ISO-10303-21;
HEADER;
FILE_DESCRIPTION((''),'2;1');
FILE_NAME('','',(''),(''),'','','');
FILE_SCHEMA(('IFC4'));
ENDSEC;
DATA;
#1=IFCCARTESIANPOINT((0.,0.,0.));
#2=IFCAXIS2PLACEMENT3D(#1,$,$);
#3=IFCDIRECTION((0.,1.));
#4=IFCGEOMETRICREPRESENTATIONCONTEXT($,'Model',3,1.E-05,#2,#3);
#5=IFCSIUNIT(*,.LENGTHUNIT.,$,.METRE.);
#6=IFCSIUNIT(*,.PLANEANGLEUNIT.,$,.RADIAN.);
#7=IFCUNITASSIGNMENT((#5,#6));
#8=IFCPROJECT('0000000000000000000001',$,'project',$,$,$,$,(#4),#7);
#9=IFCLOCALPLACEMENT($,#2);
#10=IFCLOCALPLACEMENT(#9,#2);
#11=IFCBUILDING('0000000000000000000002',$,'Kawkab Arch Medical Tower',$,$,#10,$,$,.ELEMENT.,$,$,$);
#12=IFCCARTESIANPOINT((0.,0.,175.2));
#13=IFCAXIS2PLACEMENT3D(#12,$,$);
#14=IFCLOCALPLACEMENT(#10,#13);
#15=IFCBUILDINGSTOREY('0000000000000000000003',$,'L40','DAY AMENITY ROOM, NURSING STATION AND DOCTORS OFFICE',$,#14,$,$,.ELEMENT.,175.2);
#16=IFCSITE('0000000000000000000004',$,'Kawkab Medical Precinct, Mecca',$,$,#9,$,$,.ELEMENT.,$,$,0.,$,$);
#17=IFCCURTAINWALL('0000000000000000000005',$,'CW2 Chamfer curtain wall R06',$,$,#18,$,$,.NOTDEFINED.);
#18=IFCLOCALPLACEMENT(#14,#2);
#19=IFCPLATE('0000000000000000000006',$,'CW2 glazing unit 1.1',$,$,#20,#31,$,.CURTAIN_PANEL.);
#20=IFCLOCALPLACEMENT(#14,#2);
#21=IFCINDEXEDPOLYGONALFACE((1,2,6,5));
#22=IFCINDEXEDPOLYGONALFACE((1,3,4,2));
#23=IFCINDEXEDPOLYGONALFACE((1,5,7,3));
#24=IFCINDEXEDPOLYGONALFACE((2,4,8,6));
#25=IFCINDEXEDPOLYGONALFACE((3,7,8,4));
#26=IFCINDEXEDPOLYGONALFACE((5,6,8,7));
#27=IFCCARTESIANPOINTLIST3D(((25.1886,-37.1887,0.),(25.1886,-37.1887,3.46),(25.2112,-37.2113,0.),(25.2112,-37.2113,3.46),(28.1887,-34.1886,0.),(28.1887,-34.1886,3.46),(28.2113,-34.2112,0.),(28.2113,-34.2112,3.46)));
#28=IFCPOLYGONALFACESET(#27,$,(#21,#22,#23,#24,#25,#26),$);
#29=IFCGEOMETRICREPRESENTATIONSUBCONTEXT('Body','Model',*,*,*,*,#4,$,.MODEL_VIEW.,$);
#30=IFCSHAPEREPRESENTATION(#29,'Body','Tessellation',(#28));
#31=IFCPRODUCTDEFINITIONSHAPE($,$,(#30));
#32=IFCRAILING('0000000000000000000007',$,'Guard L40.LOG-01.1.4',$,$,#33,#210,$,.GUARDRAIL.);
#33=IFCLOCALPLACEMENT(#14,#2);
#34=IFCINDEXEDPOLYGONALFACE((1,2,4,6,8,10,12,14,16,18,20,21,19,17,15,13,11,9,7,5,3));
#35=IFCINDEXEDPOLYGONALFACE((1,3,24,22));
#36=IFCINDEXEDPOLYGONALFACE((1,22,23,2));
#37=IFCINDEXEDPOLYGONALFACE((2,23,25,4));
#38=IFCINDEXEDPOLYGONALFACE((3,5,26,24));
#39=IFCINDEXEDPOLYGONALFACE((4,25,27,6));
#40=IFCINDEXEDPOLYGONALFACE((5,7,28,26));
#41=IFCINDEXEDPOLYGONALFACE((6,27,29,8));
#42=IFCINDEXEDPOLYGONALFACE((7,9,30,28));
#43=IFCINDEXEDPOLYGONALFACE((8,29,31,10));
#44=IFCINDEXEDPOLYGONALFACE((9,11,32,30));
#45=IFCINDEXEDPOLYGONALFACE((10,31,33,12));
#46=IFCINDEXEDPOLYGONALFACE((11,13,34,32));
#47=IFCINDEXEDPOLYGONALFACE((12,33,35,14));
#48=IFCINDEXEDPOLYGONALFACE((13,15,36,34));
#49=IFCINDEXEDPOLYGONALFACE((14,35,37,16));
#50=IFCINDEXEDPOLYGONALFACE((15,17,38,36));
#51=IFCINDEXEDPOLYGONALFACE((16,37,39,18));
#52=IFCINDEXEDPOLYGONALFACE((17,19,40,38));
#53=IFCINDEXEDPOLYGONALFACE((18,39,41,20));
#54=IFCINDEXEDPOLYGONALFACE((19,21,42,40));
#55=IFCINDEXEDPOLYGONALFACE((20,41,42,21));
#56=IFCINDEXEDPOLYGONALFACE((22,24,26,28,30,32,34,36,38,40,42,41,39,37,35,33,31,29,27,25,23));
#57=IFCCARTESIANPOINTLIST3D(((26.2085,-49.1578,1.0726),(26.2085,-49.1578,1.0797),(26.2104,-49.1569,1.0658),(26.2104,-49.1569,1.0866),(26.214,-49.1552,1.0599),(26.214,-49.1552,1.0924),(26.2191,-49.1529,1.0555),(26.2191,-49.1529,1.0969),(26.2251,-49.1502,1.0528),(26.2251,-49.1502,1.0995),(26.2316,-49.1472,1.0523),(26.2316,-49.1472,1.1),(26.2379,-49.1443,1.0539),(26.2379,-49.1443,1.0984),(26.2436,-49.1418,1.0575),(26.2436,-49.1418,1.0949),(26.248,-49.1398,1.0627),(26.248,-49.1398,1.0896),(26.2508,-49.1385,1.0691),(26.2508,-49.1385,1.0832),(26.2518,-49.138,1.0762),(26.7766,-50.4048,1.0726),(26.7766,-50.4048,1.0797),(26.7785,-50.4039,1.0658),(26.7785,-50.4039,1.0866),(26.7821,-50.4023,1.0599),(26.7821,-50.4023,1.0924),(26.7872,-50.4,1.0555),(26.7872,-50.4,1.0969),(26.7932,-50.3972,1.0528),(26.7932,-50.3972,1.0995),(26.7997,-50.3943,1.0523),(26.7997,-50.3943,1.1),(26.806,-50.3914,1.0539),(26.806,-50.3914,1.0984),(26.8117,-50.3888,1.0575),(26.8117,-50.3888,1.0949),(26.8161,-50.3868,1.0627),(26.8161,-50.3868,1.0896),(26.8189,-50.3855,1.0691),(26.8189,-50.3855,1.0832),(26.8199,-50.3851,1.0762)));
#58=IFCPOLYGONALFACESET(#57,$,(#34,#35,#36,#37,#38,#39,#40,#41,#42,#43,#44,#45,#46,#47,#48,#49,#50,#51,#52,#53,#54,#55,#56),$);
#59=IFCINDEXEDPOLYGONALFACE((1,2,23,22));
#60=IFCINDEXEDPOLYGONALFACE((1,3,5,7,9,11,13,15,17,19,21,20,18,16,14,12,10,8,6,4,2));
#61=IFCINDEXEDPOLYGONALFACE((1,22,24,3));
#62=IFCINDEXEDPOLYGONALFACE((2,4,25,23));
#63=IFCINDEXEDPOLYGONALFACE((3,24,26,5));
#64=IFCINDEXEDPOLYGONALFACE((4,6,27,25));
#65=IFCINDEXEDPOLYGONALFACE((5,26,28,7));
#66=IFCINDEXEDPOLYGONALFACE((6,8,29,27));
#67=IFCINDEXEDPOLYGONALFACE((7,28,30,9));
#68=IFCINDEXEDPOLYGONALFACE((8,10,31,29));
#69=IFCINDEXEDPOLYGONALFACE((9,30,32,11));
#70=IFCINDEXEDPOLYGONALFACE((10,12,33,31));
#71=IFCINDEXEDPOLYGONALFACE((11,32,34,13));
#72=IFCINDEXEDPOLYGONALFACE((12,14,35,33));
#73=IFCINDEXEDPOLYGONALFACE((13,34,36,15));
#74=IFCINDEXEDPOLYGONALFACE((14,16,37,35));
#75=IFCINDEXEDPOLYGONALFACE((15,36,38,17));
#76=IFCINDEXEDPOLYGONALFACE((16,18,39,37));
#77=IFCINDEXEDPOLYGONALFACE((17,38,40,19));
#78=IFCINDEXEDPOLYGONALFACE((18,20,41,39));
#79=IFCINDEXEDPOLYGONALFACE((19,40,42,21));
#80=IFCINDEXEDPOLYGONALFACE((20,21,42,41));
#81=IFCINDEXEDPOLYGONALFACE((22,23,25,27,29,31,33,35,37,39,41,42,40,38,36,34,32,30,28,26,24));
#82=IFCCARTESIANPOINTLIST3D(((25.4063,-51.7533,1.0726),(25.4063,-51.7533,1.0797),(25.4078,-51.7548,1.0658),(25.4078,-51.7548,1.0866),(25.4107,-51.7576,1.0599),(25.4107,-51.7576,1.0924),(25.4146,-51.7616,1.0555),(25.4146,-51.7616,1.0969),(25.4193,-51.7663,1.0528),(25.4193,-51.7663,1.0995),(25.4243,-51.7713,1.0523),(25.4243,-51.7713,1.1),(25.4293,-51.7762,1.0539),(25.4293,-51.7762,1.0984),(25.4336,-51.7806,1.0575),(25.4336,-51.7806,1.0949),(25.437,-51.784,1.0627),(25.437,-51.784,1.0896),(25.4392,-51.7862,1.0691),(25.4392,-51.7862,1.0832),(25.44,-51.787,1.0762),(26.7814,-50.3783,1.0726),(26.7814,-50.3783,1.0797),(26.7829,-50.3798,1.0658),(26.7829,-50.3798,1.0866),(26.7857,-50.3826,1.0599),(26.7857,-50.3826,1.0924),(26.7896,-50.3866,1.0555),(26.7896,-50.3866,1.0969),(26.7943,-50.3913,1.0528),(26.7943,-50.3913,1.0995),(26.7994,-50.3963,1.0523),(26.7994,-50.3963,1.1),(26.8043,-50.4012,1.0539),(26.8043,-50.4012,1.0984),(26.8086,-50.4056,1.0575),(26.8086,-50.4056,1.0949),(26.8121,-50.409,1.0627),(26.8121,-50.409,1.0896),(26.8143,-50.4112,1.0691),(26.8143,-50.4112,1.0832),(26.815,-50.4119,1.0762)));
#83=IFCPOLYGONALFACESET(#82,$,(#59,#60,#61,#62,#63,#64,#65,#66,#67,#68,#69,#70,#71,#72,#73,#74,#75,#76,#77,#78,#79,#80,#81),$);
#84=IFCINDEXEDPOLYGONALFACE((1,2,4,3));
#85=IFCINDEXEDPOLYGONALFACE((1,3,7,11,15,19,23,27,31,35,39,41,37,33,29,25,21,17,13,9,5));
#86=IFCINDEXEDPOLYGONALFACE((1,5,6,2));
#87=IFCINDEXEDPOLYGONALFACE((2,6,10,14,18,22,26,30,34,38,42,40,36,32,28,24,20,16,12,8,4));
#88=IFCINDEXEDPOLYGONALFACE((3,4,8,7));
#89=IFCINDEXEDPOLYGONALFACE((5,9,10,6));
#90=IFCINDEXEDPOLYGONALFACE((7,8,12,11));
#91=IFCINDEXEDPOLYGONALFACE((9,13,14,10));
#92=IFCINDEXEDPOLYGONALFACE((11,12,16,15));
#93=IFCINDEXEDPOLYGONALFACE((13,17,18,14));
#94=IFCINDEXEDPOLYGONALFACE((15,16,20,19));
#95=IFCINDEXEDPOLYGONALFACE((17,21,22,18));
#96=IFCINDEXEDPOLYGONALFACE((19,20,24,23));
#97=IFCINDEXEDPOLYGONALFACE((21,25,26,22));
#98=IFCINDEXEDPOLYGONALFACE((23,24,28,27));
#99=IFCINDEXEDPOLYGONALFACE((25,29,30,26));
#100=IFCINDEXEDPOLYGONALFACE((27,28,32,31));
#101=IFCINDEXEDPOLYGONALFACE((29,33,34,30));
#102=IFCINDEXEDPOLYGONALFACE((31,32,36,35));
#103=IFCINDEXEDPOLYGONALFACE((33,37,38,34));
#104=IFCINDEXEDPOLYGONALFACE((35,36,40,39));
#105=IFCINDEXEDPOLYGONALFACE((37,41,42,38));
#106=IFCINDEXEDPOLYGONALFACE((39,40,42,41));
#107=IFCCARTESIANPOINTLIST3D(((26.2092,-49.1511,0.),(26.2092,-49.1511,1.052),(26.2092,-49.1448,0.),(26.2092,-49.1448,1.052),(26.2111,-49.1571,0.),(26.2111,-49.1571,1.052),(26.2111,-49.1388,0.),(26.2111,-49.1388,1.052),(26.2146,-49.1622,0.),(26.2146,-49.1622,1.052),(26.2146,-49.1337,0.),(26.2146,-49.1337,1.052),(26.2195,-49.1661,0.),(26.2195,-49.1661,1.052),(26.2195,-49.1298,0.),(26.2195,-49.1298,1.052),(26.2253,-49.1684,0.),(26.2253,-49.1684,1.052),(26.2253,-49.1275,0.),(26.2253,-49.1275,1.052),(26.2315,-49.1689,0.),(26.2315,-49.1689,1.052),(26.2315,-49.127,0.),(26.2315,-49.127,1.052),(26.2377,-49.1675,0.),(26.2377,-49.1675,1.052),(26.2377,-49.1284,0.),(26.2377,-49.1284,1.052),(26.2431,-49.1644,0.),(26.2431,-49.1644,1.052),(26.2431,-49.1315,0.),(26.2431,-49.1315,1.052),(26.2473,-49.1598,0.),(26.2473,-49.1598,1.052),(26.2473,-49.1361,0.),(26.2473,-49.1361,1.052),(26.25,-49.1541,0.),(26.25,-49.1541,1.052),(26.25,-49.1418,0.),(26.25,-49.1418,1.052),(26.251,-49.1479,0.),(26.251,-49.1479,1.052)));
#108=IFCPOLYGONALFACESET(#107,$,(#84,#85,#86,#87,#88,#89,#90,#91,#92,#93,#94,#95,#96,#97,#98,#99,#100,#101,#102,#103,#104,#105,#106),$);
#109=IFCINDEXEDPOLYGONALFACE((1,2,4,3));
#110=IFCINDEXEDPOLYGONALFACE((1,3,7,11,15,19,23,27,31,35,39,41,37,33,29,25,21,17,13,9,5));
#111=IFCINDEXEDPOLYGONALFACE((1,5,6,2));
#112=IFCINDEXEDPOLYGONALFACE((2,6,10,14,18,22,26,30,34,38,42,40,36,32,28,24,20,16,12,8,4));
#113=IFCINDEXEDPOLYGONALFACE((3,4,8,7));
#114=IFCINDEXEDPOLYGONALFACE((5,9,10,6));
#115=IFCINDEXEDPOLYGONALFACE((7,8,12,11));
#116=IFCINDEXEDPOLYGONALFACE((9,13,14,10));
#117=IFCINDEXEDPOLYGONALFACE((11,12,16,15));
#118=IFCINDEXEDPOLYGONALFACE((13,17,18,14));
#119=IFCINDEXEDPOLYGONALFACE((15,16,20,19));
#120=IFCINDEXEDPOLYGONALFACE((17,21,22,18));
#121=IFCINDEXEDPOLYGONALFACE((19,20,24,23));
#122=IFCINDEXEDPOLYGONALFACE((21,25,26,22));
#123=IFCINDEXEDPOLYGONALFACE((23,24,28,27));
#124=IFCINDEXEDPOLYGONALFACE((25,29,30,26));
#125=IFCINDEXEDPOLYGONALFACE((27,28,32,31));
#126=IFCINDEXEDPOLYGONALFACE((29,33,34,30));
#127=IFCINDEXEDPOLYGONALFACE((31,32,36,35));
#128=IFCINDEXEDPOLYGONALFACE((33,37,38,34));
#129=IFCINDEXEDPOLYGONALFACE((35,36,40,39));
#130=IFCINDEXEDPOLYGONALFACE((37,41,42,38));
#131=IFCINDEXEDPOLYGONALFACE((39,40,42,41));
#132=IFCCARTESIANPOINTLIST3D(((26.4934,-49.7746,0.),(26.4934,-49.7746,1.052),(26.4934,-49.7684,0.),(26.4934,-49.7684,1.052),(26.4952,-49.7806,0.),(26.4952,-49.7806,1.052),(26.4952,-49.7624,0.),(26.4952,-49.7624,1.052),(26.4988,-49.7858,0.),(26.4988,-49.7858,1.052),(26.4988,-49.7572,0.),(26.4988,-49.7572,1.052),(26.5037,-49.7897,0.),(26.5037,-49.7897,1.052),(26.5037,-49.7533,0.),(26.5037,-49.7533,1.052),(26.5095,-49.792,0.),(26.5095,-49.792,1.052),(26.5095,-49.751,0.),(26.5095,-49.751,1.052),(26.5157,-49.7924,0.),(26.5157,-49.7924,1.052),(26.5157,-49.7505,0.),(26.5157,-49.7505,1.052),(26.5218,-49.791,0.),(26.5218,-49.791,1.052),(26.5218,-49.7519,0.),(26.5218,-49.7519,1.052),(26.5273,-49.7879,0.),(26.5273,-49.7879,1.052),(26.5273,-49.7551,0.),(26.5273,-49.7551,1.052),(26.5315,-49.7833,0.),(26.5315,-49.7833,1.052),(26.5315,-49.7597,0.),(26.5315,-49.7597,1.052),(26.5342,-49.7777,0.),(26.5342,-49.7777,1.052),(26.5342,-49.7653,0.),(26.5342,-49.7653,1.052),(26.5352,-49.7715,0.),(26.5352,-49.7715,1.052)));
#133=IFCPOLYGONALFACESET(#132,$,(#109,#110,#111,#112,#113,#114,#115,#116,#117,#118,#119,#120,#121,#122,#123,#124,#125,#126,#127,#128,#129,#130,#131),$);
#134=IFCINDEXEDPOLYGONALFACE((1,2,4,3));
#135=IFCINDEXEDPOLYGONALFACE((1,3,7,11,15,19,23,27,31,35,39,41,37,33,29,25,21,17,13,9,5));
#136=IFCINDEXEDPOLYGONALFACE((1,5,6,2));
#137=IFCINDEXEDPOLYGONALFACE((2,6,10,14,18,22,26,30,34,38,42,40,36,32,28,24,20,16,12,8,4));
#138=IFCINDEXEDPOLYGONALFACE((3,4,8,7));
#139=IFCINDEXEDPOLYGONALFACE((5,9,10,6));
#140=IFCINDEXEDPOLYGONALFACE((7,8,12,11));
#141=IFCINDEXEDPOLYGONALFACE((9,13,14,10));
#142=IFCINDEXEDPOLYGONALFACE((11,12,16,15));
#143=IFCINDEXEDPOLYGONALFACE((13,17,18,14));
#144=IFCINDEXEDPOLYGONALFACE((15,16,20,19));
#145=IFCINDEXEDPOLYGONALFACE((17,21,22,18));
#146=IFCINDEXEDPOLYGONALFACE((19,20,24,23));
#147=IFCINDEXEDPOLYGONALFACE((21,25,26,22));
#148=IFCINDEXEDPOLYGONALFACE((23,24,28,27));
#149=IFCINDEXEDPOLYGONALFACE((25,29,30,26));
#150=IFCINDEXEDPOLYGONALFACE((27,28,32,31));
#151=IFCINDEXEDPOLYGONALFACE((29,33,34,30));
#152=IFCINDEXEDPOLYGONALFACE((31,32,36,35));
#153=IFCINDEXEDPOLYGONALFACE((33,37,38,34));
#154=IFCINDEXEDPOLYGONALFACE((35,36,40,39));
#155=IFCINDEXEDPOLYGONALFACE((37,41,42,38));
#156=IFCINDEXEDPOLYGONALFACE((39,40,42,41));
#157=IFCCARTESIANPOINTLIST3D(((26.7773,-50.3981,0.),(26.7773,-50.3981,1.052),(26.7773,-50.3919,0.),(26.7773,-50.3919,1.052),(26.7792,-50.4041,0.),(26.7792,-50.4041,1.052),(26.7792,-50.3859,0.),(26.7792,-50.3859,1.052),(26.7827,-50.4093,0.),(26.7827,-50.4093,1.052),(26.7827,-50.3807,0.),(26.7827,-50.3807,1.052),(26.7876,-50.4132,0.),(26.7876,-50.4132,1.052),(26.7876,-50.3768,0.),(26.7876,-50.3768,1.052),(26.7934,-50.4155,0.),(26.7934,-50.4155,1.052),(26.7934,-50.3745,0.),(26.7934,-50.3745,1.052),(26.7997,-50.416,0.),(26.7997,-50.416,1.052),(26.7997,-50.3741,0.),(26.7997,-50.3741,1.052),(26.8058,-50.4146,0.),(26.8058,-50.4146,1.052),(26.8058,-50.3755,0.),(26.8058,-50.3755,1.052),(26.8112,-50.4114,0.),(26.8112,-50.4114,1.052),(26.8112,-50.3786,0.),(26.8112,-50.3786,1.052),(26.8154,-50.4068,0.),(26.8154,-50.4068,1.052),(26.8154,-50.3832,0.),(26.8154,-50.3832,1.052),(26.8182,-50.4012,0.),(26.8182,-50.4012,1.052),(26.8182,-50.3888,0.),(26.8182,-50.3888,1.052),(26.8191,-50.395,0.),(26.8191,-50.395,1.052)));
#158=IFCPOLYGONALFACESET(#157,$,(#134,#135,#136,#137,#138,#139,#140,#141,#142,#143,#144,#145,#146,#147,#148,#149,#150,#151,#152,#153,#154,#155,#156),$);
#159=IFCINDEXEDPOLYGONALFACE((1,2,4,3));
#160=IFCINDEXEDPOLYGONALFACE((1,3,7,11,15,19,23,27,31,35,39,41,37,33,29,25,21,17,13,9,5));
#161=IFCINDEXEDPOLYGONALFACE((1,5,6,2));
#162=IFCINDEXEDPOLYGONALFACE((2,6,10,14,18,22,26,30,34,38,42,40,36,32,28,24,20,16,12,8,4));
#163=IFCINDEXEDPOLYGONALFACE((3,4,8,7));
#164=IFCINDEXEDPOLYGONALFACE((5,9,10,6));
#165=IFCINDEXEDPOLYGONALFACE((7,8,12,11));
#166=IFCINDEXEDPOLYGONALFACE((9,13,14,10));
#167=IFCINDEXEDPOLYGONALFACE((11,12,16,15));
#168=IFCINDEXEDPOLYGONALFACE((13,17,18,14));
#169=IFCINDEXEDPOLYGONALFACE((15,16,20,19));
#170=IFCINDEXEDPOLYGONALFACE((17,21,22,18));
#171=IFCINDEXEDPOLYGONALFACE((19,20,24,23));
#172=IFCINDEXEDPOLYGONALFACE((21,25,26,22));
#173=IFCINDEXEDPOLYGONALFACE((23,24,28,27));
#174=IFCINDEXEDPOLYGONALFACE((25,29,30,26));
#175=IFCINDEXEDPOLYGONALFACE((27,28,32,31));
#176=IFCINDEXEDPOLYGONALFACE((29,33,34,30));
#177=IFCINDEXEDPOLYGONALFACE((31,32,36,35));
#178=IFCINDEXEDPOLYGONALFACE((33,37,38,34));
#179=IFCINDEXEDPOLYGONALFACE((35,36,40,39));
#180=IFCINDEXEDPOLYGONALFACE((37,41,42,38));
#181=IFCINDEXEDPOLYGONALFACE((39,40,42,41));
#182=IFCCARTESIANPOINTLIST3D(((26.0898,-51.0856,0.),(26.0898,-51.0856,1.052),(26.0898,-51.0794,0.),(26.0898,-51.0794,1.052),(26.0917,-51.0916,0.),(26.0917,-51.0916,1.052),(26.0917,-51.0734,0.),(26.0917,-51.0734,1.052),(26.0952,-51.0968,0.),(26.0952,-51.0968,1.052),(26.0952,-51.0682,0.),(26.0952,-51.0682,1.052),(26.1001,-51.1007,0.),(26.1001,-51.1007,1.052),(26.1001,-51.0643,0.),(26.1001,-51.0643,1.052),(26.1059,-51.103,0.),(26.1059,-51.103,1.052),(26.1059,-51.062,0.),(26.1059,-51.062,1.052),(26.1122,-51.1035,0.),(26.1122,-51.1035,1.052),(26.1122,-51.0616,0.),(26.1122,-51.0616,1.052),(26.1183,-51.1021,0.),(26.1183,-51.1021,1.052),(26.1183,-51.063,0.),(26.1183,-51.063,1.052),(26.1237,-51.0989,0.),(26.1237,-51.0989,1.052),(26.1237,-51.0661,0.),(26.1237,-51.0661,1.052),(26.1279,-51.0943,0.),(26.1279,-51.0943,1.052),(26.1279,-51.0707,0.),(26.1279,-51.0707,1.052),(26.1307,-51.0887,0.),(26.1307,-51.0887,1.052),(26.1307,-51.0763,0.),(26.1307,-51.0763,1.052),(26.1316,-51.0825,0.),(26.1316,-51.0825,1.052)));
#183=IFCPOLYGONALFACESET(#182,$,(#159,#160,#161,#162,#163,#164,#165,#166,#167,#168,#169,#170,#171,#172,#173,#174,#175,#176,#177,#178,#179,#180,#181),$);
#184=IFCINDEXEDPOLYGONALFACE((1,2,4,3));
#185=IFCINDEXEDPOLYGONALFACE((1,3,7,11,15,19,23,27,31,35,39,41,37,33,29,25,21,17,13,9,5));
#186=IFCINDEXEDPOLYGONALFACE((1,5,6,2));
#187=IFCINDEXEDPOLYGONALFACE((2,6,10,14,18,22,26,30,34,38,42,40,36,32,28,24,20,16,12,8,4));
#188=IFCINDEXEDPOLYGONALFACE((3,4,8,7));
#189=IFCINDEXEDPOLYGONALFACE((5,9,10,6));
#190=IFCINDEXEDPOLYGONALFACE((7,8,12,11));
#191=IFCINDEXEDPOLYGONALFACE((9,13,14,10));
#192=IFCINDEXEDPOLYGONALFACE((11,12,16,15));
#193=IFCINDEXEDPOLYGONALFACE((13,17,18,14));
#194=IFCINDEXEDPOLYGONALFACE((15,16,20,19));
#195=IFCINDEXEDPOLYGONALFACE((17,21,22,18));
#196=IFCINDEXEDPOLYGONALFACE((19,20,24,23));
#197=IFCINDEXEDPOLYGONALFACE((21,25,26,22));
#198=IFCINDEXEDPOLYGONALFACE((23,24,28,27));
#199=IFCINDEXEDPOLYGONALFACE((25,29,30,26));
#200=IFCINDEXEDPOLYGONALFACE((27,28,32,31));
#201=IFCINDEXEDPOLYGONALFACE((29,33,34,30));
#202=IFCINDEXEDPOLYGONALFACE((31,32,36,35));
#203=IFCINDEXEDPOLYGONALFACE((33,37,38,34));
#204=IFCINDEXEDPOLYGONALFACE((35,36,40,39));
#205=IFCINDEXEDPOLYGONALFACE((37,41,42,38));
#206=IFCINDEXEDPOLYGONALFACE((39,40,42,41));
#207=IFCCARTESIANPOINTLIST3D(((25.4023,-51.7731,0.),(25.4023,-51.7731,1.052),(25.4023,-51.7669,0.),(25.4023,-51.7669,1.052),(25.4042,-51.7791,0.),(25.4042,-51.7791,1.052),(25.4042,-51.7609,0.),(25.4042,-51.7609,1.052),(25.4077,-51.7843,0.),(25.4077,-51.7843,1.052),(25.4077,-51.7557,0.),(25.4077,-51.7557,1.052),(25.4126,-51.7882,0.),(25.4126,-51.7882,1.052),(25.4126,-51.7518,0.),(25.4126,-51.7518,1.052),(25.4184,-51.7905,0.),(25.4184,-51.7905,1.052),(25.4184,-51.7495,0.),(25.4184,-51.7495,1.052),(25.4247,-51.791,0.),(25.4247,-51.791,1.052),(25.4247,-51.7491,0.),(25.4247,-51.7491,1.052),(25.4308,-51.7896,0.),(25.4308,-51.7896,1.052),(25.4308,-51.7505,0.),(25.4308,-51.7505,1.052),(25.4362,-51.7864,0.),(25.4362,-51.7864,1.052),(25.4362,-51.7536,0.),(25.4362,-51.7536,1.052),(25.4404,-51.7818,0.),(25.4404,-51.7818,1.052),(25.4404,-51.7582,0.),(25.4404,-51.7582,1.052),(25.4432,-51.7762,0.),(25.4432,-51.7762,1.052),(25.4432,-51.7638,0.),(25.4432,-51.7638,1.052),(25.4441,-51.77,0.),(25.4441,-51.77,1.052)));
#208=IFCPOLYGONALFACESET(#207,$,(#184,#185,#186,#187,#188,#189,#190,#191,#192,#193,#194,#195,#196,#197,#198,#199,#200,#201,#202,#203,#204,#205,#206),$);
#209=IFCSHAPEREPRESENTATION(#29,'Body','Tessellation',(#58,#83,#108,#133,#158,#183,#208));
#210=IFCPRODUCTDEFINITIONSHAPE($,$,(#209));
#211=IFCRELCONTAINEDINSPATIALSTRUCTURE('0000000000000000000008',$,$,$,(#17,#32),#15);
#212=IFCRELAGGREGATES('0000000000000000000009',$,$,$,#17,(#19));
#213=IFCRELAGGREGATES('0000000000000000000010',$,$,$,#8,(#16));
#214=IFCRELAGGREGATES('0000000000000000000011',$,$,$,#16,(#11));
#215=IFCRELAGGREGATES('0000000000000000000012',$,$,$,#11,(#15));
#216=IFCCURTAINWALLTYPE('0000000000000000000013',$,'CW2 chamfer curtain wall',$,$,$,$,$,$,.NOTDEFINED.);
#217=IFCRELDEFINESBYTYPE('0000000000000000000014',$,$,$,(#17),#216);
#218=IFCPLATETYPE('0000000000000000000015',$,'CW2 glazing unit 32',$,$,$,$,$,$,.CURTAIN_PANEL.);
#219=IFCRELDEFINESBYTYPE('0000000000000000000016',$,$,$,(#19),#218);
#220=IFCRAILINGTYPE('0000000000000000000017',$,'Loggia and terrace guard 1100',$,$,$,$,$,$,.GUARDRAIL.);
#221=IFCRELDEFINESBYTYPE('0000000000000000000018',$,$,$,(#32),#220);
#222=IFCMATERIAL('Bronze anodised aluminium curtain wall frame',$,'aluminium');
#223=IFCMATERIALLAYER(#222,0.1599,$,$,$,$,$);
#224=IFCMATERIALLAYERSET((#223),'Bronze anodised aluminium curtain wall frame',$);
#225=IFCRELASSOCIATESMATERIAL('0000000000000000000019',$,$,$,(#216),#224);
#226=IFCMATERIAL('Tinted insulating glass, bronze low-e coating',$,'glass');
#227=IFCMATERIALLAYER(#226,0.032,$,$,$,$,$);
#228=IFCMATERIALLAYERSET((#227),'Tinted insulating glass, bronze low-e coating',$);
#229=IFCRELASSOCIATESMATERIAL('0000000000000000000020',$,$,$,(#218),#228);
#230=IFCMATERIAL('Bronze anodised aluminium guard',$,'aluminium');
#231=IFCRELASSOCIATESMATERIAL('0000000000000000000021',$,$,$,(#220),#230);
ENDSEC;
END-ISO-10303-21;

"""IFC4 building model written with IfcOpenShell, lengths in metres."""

from ifc_helpers import new_model, si_unit, direction, frame, origin, origin_2d, place, context, subcontext, project, spatial, rectangle, circle, extrude, material, layer, layer_set, type_object, element, aggregate, save


model = new_model("IFC4")

# Units and contexts
model_context = context("Model", 3, precision=1e-05, world=origin(), true_north=direction((0.0, 1.0)))
body_context = subcontext(model_context, "Body", "Model", "MODEL_VIEW")
ifc_project = project(units=[si_unit("LENGTHUNIT", "METRE"), si_unit("PLANEANGLEUNIT", "RADIAN")], contexts=[model_context])

# Site, building, storey
site_placement = place(None, origin())
site = spatial("IfcSite", under=ifc_project, at=site_placement, Name="Kawkab Medical Precinct, Mecca", CompositionType="ELEMENT", RefElevation=0.0)
building_placement = place(site_placement, origin())
building = spatial("IfcBuilding", under=site, at=building_placement, Name="Kawkab Arch Medical Tower", CompositionType="ELEMENT")
storey_placement = place(building_placement, frame((0.0, 0.0, 175.2)))
storey = spatial("IfcBuildingStorey", under=building, at=storey_placement, Name="L40", Description="DAY AMENITY ROOM, NURSING STATION AND DOCTORS OFFICE", CompositionType="ELEMENT", Elevation=175.2)

# Shared definitions
placement = place(storey_placement, origin())

# Shared definitions
ifc_material_1 = material(Name="Bronze anodised aluminium curtain wall frame", Category="aluminium")
ifc_layer_1 = layer(ifc_material_1, 0.1599)
ifc_layer_set_1 = layer_set([ifc_layer_1], Name="Bronze anodised aluminium curtain wall frame")
curtain_wall_type_1 = type_object("IfcCurtainWallType", Name="CW2 chamfer curtain wall", PredefinedType="NOTDEFINED", material=ifc_layer_set_1)

# Curtain wall
curtain_wall_1 = element("IfcCurtainWall", 1, at=placement, inside=storey, type_object=curtain_wall_type_1, Name="CW2 Chamfer curtain wall R06", PredefinedType="NOTDEFINED")

# Plate
ifc_material_2 = material(Name="Tinted insulating glass, bronze low-e coating", Category="glass")
ifc_layer_2 = layer(ifc_material_2, 0.032)
ifc_layer_set_2 = layer_set([ifc_layer_2], Name="Tinted insulating glass, bronze low-e coating")
plate_type_1 = type_object("IfcPlateType", Name="CW2 glazing unit 32", PredefinedType="CURTAIN_PANEL", material=ifc_layer_set_2)
plate_1_placement = place(storey_placement, frame((26.7, -35.7, 0.0), z_axis=(0.0, 0.0, 1.0), x_axis=(0.707107, 0.707107, 0.0)))
plate_1 = element("IfcPlate", 2, at=plate_1_placement, type_object=plate_type_1, Name="CW2 glazing unit 1.1", PredefinedType="CURTAIN_PANEL", context=body_context, shape_type="SweptSolid", body=[
    extrude(rectangle(XDim=4.2427, YDim=0.032, at=origin_2d()), origin(), (0.0, 0.0, 1.0), 3.46),
])
aggregate(curtain_wall_1, [plate_1])

# Railing
ifc_material_3 = material(Name="Bronze anodised aluminium guard", Category="aluminium")
railing_type_1 = type_object("IfcRailingType", Name="Loggia and terrace guard 1100", PredefinedType="GUARDRAIL", material=ifc_material_3)
railing_1_placement = place(storey_placement, frame((26.23, -49.1479, 0.0)))
element("IfcRailing", 3, at=railing_1_placement, inside=storey, type_object=railing_type_1, Name="Guard L40.LOG-01.1.4", PredefinedType="GUARDRAIL", context=body_context, shape_type="SweptSolid", body=[
    extrude(circle(Radius=0.0239, at=origin_2d()), frame((0.0, 0.0, 1.0762), z_axis=(0.414568, -0.910018, 0.0), x_axis=(0.910018, 0.414568, 0.0)), (0.0, 0.0, 1.0), 1.3704),
    extrude(circle(Radius=0.0239, at=origin_2d()), frame((0.5681, -1.2471, 1.0762), z_axis=(-0.707107, -0.707107, 0.0), x_axis=(0.707107, -0.707107, 0.0)), (0.0, 0.0, 1.0), 1.9446),
    extrude(circle(Radius=0.021, at=origin_2d()), origin(), (0.0, 0.0, 1.0), 1.052),
    extrude(circle(Radius=0.021, at=origin_2d()), frame((0.2842, -0.6235, 0.0)), (0.0, 0.0, 1.0), 1.052),
    extrude(circle(Radius=0.021, at=origin_2d()), frame((0.5681, -1.2471, 0.0)), (0.0, 0.0, 1.0), 1.052),
    extrude(circle(Radius=0.021, at=origin_2d()), frame((-0.1194, -1.9346, 0.0)), (0.0, 0.0, 1.0), 1.052),
    extrude(circle(Radius=0.021, at=origin_2d()), frame((-0.8069, -2.6221, 0.0)), (0.0, 0.0, 1.0), 1.052),
])

save(model, "model.ifc")
